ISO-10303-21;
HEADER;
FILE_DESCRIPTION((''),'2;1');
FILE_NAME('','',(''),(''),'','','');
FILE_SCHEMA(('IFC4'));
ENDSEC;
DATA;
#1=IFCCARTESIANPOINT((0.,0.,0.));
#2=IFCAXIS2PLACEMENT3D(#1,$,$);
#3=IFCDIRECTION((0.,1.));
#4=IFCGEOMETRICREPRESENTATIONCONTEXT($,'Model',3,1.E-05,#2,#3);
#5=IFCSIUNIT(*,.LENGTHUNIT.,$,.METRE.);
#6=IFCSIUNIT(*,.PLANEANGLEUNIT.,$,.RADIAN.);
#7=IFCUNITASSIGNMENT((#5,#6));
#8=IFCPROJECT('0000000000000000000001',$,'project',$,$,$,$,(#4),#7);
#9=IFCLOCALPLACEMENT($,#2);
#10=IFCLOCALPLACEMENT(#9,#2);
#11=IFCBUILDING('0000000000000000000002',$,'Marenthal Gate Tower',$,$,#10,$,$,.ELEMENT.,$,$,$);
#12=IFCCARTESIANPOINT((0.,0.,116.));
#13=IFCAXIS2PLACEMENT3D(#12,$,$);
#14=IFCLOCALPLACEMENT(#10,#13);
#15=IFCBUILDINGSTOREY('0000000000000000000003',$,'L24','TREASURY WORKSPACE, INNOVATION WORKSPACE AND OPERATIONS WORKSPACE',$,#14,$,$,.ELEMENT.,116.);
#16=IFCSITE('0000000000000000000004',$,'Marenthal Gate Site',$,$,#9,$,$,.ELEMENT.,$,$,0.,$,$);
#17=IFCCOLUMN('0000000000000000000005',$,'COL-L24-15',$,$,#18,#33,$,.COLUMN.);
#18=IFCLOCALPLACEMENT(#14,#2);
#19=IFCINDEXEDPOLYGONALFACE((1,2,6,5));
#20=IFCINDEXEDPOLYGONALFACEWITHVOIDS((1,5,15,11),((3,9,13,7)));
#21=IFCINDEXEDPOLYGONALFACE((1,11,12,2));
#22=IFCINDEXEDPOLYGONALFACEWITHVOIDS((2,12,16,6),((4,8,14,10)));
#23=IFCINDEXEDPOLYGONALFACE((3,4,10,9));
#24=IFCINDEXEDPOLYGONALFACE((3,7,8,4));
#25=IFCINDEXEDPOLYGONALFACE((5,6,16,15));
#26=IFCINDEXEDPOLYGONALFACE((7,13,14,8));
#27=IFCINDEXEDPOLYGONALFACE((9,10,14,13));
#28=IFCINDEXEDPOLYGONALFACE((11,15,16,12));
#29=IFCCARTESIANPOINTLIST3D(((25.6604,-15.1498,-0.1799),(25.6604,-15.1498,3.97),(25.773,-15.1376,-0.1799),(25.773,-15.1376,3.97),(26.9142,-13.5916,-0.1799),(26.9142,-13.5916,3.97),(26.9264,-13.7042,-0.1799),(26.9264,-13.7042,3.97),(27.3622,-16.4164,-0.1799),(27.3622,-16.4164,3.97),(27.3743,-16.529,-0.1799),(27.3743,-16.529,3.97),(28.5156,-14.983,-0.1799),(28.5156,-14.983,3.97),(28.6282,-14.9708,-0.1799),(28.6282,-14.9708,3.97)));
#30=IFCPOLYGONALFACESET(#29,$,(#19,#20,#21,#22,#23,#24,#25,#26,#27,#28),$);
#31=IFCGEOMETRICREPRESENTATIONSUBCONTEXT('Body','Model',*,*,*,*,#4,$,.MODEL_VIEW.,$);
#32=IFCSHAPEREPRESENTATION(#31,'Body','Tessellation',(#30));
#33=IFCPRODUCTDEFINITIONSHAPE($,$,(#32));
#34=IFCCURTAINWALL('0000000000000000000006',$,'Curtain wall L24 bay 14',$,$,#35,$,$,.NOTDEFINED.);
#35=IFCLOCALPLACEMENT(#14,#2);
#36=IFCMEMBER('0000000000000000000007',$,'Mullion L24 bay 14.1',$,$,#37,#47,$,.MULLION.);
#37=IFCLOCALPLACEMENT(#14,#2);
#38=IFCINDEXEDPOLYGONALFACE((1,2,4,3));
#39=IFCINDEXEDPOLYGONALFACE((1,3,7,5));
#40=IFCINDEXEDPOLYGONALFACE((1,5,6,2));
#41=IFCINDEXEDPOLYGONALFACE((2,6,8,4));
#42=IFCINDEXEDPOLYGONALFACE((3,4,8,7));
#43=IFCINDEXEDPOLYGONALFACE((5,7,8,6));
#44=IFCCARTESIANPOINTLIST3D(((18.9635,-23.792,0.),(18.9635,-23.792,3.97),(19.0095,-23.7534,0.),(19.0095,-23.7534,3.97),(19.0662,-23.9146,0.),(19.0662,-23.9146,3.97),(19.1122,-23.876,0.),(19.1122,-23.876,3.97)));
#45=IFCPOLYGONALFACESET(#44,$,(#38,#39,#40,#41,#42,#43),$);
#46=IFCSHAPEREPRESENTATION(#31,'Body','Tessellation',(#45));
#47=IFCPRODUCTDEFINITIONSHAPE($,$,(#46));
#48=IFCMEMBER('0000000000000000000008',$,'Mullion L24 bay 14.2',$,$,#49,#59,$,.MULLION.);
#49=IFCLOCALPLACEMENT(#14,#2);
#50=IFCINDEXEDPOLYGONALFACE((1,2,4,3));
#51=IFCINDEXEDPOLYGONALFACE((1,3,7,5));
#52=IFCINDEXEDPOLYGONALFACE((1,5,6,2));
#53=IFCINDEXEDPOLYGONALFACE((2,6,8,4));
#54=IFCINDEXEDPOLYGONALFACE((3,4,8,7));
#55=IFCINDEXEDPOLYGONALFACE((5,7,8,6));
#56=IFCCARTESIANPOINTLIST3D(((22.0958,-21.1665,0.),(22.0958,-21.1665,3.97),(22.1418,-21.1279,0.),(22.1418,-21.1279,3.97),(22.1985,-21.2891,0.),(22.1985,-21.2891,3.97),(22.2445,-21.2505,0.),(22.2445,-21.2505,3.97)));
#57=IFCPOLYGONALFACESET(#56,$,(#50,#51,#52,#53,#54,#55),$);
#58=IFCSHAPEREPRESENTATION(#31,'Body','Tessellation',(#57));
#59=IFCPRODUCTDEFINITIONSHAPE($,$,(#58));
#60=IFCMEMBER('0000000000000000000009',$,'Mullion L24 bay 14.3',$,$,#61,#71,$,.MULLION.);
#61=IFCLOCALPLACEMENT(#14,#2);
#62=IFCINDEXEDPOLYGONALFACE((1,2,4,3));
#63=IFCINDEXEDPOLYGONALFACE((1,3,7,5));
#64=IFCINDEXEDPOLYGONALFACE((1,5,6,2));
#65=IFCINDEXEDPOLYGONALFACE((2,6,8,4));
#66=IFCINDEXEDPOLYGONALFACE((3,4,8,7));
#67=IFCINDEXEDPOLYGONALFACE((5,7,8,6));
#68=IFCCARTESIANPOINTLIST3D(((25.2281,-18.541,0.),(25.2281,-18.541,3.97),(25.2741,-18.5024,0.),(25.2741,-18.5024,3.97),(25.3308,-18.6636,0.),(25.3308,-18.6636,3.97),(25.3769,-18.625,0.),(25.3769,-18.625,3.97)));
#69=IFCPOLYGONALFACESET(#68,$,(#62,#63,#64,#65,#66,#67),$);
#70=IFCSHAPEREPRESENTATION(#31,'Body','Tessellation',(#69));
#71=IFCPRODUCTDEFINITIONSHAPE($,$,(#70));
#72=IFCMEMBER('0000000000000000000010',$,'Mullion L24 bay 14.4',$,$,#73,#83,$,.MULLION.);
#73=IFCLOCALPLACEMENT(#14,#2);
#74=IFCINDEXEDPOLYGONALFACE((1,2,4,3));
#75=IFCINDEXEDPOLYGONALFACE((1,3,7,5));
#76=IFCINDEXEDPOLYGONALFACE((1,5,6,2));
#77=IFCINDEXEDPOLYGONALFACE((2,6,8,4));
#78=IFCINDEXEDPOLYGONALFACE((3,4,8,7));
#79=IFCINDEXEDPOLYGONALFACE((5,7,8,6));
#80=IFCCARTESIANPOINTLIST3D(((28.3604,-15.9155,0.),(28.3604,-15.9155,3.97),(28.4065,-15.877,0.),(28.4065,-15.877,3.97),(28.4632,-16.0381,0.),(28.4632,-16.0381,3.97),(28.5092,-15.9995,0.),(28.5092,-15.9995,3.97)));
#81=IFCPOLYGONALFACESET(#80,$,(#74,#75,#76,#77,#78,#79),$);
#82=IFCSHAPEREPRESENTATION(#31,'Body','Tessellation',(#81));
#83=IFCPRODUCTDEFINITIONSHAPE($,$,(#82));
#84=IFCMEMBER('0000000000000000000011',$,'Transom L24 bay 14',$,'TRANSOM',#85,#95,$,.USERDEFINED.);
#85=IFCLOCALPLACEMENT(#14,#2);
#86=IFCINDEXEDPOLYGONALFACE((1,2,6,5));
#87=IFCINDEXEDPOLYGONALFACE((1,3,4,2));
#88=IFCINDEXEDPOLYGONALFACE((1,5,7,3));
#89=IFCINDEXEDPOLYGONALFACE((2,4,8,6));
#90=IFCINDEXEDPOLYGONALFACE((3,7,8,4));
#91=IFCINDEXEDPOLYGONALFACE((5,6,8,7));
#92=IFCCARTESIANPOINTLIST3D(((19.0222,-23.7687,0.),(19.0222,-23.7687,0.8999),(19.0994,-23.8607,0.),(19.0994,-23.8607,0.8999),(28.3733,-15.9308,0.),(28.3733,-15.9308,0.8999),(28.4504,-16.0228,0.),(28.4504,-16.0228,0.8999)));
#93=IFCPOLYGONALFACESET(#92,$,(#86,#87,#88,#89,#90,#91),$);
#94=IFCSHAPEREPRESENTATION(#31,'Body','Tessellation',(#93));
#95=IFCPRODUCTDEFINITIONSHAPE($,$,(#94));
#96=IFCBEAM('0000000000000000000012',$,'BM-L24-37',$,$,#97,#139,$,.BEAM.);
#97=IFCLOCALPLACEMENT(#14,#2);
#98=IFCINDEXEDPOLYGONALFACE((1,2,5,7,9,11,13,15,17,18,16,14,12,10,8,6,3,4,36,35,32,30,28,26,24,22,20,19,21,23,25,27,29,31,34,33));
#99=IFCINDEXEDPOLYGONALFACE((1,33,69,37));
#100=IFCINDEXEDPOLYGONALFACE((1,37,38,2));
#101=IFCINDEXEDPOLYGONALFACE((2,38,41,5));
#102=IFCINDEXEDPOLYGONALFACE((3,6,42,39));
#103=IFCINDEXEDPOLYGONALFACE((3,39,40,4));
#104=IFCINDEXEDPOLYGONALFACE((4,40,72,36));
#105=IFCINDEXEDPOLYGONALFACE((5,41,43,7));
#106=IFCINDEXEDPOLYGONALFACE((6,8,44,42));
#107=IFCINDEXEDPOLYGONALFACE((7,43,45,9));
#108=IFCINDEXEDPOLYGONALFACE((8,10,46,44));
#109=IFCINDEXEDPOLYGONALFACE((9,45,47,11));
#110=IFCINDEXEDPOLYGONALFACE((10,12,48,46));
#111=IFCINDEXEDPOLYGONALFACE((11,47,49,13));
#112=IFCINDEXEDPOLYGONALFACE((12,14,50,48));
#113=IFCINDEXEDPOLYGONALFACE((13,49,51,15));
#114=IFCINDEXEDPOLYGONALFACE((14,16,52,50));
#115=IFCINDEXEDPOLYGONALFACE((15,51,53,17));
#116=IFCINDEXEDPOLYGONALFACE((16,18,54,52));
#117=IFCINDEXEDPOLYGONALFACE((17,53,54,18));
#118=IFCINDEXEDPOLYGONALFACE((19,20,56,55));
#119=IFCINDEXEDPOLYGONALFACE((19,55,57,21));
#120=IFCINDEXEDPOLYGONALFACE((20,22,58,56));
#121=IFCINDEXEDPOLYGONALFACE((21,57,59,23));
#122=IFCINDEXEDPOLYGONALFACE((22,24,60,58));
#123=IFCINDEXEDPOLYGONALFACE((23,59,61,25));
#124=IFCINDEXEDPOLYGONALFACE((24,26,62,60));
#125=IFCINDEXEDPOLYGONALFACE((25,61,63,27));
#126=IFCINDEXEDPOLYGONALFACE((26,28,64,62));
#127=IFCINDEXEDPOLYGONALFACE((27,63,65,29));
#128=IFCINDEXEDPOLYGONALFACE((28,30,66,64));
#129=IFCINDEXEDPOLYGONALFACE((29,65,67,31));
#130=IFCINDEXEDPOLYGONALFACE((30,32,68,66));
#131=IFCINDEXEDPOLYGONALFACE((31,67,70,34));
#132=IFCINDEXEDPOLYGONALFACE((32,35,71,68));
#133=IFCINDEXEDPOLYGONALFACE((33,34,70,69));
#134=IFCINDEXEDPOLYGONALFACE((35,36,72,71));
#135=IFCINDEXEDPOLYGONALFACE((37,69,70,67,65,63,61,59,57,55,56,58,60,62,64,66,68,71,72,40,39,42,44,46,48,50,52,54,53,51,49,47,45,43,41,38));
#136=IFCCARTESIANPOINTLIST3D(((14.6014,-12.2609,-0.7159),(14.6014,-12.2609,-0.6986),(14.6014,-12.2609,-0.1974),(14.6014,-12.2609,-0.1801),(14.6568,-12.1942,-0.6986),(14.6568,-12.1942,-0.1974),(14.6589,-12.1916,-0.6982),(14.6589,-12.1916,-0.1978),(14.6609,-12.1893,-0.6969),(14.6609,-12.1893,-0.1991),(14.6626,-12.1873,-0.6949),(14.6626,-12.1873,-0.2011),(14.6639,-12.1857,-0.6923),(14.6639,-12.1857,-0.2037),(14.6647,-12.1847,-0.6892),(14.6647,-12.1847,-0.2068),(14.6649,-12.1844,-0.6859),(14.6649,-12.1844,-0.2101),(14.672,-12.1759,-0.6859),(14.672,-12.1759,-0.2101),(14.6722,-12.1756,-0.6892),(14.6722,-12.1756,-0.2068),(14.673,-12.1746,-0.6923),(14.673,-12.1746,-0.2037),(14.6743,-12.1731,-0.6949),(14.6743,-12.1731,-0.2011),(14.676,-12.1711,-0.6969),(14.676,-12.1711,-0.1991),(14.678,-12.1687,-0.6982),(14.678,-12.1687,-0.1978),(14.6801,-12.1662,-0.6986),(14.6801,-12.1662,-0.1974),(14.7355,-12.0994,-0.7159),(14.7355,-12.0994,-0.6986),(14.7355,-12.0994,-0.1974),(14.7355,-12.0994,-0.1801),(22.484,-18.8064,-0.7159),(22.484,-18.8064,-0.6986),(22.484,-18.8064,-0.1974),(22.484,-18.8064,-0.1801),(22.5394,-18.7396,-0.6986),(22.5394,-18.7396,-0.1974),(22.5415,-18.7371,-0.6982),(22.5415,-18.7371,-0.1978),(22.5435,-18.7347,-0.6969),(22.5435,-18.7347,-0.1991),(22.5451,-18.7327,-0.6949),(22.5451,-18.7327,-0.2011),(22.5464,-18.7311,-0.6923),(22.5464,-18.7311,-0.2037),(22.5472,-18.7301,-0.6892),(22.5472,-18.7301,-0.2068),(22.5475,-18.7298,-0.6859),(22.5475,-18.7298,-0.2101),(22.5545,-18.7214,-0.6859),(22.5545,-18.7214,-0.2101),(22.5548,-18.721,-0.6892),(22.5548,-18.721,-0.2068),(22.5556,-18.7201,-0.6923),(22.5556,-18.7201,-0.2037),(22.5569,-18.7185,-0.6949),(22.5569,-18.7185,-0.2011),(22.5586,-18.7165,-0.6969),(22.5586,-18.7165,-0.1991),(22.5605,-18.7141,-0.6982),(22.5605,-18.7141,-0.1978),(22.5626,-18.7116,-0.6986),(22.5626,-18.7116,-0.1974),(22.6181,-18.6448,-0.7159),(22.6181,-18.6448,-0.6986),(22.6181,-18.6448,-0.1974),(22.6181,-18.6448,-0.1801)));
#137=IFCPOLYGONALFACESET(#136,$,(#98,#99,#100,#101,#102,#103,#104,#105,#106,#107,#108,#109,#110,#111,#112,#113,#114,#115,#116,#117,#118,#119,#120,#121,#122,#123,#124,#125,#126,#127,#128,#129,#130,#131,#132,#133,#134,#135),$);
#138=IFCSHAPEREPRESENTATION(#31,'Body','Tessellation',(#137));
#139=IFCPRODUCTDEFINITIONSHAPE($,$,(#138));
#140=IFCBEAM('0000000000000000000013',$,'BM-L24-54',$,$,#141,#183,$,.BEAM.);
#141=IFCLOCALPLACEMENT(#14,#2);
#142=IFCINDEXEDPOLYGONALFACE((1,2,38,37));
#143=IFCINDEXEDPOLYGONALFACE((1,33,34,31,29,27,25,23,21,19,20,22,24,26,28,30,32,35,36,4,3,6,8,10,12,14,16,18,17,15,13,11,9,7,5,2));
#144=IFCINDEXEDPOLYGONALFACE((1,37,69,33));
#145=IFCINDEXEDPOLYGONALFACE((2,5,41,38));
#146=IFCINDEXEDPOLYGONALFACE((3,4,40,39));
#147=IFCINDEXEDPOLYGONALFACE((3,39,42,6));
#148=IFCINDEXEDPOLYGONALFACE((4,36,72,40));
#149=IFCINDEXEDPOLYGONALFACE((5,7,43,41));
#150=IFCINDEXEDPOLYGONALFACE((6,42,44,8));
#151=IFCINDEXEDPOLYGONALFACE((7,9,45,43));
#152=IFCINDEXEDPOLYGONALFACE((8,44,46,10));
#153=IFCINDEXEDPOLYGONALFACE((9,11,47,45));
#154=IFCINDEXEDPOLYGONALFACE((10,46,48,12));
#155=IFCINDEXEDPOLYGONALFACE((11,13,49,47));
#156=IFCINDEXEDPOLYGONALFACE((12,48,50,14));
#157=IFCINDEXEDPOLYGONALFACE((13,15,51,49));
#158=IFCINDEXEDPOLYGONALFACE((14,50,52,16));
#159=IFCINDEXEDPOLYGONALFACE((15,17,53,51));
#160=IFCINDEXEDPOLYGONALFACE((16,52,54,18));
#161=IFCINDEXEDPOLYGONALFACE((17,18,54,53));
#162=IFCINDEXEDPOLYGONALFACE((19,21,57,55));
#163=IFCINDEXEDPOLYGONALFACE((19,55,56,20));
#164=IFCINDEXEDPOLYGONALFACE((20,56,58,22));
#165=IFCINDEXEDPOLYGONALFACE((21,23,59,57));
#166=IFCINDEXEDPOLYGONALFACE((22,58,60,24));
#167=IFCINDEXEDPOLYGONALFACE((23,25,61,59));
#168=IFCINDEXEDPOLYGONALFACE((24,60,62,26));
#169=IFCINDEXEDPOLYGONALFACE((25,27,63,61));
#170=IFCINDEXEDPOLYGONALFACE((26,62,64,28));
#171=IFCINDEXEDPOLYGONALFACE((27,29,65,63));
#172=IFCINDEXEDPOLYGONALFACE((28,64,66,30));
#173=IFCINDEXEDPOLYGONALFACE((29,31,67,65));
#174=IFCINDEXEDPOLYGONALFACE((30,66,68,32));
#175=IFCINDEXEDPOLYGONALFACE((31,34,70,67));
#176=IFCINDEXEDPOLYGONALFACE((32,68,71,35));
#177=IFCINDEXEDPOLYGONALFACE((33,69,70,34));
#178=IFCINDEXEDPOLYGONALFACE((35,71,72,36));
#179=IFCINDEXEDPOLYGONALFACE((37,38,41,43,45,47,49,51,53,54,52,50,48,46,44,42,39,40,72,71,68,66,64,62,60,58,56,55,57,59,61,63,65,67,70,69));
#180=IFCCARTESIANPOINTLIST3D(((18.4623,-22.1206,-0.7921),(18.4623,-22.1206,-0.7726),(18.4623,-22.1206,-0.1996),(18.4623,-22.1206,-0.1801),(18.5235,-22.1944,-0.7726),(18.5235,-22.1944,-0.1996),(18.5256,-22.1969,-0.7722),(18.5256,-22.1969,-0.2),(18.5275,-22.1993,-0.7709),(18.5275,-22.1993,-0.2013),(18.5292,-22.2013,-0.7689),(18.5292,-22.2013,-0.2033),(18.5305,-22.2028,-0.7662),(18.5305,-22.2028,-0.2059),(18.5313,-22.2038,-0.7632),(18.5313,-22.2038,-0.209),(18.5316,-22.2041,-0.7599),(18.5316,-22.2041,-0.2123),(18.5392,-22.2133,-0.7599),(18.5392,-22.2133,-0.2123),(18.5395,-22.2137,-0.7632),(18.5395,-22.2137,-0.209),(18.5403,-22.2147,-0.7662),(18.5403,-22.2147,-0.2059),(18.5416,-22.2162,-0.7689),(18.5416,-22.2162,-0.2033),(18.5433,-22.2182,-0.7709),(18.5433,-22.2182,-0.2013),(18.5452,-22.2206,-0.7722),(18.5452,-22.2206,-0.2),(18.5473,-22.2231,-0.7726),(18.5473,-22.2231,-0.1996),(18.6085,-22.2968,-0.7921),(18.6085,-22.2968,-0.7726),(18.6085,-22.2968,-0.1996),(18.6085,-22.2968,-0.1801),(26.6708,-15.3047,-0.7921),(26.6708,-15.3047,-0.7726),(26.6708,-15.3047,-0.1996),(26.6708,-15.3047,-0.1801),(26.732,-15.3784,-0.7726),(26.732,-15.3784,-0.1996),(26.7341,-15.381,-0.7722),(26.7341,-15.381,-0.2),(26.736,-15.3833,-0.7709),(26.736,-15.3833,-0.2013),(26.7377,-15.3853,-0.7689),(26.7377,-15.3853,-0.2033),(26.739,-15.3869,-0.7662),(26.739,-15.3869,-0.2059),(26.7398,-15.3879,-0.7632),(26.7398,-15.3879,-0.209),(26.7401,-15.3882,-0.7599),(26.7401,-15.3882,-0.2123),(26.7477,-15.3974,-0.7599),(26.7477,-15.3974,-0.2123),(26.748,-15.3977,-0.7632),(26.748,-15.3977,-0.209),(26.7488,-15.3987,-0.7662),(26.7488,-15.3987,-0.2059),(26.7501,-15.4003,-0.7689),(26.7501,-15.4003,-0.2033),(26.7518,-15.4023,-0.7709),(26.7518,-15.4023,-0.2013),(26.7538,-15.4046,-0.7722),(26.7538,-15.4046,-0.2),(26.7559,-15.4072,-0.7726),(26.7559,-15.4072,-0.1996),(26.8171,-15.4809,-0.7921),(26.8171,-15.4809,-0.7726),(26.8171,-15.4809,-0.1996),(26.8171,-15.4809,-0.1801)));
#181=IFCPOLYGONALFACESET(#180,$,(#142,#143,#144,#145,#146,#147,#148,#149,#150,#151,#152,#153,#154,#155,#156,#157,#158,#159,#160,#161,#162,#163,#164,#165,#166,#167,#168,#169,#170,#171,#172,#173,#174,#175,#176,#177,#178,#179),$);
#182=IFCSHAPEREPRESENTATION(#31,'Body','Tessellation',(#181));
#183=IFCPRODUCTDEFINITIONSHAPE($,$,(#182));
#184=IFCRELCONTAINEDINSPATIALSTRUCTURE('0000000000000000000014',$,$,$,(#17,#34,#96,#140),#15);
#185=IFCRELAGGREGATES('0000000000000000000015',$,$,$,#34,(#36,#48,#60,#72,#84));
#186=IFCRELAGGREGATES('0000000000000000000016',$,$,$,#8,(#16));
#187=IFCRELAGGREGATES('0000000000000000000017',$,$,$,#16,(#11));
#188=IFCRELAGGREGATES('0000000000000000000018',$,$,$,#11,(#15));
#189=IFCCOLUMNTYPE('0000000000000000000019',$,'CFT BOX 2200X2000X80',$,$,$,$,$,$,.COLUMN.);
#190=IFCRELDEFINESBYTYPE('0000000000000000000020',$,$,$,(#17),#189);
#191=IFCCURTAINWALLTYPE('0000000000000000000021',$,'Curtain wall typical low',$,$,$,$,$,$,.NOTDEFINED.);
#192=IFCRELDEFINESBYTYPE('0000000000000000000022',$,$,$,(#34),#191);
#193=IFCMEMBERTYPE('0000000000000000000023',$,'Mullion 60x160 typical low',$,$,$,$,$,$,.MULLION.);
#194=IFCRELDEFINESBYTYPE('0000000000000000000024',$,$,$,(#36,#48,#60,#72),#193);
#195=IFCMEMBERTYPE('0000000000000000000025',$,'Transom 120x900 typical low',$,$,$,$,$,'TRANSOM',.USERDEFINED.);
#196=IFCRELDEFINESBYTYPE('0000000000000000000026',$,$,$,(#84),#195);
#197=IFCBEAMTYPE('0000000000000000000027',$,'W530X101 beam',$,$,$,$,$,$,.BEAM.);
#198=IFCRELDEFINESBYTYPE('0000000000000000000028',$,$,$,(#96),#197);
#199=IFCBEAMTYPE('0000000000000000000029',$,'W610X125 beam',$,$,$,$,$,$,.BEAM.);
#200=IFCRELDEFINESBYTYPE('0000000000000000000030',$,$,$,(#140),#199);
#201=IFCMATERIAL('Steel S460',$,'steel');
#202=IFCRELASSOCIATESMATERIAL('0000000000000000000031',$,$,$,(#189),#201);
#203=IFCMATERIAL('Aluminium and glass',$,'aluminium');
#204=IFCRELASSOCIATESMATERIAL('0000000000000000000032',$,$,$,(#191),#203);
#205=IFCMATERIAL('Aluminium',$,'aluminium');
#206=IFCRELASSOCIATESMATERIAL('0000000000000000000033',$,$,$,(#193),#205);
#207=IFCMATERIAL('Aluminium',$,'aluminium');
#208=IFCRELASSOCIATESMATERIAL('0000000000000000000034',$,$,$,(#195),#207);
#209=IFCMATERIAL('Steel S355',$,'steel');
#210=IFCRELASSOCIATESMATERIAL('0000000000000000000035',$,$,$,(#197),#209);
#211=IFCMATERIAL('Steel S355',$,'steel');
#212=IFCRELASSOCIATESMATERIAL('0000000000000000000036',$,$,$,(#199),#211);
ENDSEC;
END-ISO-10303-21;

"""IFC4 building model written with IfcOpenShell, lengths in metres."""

from ifc_helpers import new_model, si_unit, direction, frame, origin, origin_2d, place, context, subcontext, project, spatial, rectangle, hollow_rectangle, i_section, extrude, material, material_profile, profile_set, type_object, element, aggregate, save


model = new_model("IFC4")

# Units and contexts
model_context = context("Model", 3, precision=1e-05, world=origin(), true_north=direction((0.0, 1.0)))
body_context = subcontext(model_context, "Body", "Model", "MODEL_VIEW")
ifc_project = project(units=[si_unit("LENGTHUNIT", "METRE"), si_unit("PLANEANGLEUNIT", "RADIAN")], contexts=[model_context])

# Site, building, storey
site_placement = place(None, origin())
site = spatial("IfcSite", under=ifc_project, at=site_placement, Name="Marenthal Gate Site", CompositionType="ELEMENT", RefElevation=0.0)
building_placement = place(site_placement, origin())
building = spatial("IfcBuilding", under=site, at=building_placement, Name="Marenthal Gate Tower", CompositionType="ELEMENT")
storey_placement = place(building_placement, frame((0.0, 0.0, 116.0)))
storey = spatial("IfcBuildingStorey", under=building, at=storey_placement, Name="L24", Description="TREASURY WORKSPACE, INNOVATION WORKSPACE AND OPERATIONS WORKSPACE", CompositionType="ELEMENT", Elevation=116.0)

# Column
ifc_material_1 = material(Name="Steel S460", Category="steel")
ifc_material_profile_1 = material_profile(ifc_material_1, hollow_rectangle(XDim=2.0, YDim=2.2, WallThickness=0.0801, at=origin_2d()), Name="CFT BOX 2200X2000X80")
ifc_material_2 = material(Name="Concrete 70 MPa", Category="concrete")
ifc_material_profile_2 = material_profile(ifc_material_2, rectangle(XDim=1.8401, YDim=2.04, at=origin_2d()), Name="CFT BOX 2200X2000X80 INFILL")
ifc_profile_set_1 = profile_set([ifc_material_profile_1, ifc_material_profile_2], Name="Steel S460 shell, Concrete 70 MPa infill")
column_type = type_object("IfcColumnType", Name="CFT BOX 2200X2000X80", PredefinedType="COLUMN", material=ifc_profile_set_1)
column_placement = place(storey_placement, frame((27.1443, -15.0603, -0.1799), z_axis=(0.0, 0.0, 1.0), x_axis=(-0.626918, -0.779085, 0.0)))
element("IfcColumn", 1, at=column_placement, inside=storey, type_object=column_type, Name="COL-L24-15", PredefinedType="COLUMN", context=body_context, shape_type="SweptSolid", body=[
    extrude(hollow_rectangle(XDim=2.0, YDim=2.2, WallThickness=0.0801, at=origin_2d()), origin(), (0.0, 0.0, 1.0), 4.1499),
])

# Curtain wall, members
ifc_material_3 = material(Name="Aluminium and glass", Category="aluminium")
curtain_wall_type = type_object("IfcCurtainWallType", Name="Curtain wall typical low", PredefinedType="NOTDEFINED", material=ifc_material_3)
curtain_wall_placement = place(storey_placement, origin())
curtain_wall = element("IfcCurtainWall", 2, at=curtain_wall_placement, inside=storey, type_object=curtain_wall_type, Name="Curtain wall L24 bay 14", PredefinedType="NOTDEFINED")
ifc_material_4 = material(Name="Aluminium", Category="aluminium")
ifc_material_profile_3 = material_profile(ifc_material_4, rectangle(XDim=0.1599, YDim=0.0601, at=origin_2d()), Name="60x160 aluminium mullion")
ifc_profile_set_2 = profile_set([ifc_material_profile_3], Name="Aluminium")
member_type_1 = type_object("IfcMemberType", Name="Mullion 60x160 typical low", PredefinedType="MULLION", material=ifc_profile_set_2)
member_1_placement = place(storey_placement, frame((19.0378, -23.834, 0.0), z_axis=(0.0, 0.0, 1.0), x_axis=(-0.642377, 0.766389, 0.0)))
member_1 = element("IfcMember", 3, at=member_1_placement, type_object=member_type_1, Name="Mullion L24 bay 14.1", PredefinedType="MULLION", context=body_context, shape_type="SweptSolid", body=[
    extrude(rectangle(XDim=0.1599, YDim=0.0601, at=origin_2d()), origin(), (0.0, 0.0, 1.0), 3.97),
])
member_2_placement = place(storey_placement, frame((22.1702, -21.2085, 0.0), z_axis=(0.0, 0.0, 1.0), x_axis=(-0.642377, 0.766389, 0.0)))
member_2 = element("IfcMember", 4, at=member_2_placement, type_object=member_type_1, Name="Mullion L24 bay 14.2", PredefinedType="MULLION", context=body_context, shape_type="SweptSolid", body=[
    extrude(rectangle(XDim=0.1599, YDim=0.0601, at=origin_2d()), origin(), (0.0, 0.0, 1.0), 3.97),
])
member_3_placement = place(storey_placement, frame((25.3025, -18.583, 0.0), z_axis=(0.0, 0.0, 1.0), x_axis=(-0.642377, 0.766389, 0.0)))
member_3 = element("IfcMember", 5, at=member_3_placement, type_object=member_type_1, Name="Mullion L24 bay 14.3", PredefinedType="MULLION", context=body_context, shape_type="SweptSolid", body=[
    extrude(rectangle(XDim=0.1599, YDim=0.0601, at=origin_2d()), origin(), (0.0, 0.0, 1.0), 3.97),
])
member_4_placement = place(storey_placement, frame((28.4348, -15.9575, 0.0), z_axis=(0.0, 0.0, 1.0), x_axis=(-0.642377, 0.766389, 0.0)))
member_4 = element("IfcMember", 6, at=member_4_placement, type_object=member_type_1, Name="Mullion L24 bay 14.4", PredefinedType="MULLION", context=body_context, shape_type="SweptSolid", body=[
    extrude(rectangle(XDim=0.1599, YDim=0.0601, at=origin_2d()), origin(), (0.0, 0.0, 1.0), 3.97),
])
ifc_material_5 = material(Name="Aluminium", Category="aluminium")
ifc_material_profile_4 = material_profile(ifc_material_5, rectangle(XDim=0.1201, YDim=0.8999, at=origin_2d()), Name="120x900 aluminium transom")
ifc_profile_set_3 = profile_set([ifc_material_profile_4], Name="Aluminium")
member_type_2 = type_object("IfcMemberType", Name="Transom 120x900 typical low", ElementType="TRANSOM", PredefinedType="USERDEFINED", material=ifc_profile_set_3)
member_5_placement = place(storey_placement, frame((19.0608, -23.8147, 0.45), z_axis=(0.766391, 0.642374, 0.0), x_axis=(-0.642374, 0.766391, 0.0)))
member_5 = element("IfcMember", 7, at=member_5_placement, type_object=member_type_2, Name="Transom L24 bay 14", ObjectType="TRANSOM", PredefinedType="USERDEFINED", context=body_context, shape_type="SweptSolid", body=[
    extrude(rectangle(XDim=0.1201, YDim=0.8999, at=origin_2d()), origin(), (0.0, 0.0, 1.0), 12.2014),
])

# Beams
ifc_material_6 = material(Name="Steel S355", Category="steel")
ifc_material_profile_5 = material_profile(ifc_material_6, i_section(OverallWidth=0.21, OverallDepth=0.5359, WebThickness=0.011, FlangeThickness=0.0173, FilletRadius=0.0127, at=origin_2d()), Name="W530X101")
ifc_profile_set_4 = profile_set([ifc_material_profile_5], Name="Steel S355")
beam_type_1 = type_object("IfcBeamType", Name="W530X101 beam", PredefinedType="BEAM", material=ifc_profile_set_4)
beam_1_placement = place(storey_placement, frame((22.551, -18.7256, -0.448), z_axis=(-0.769343, 0.638836, 0.0), x_axis=(-0.638836, -0.769343, 0.0)))
element("IfcBeam", 8, at=beam_1_placement, inside=storey, type_object=beam_type_1, Name="BM-L24-37", PredefinedType="BEAM", context=body_context, shape_type="SweptSolid", body=[
    extrude(i_section(OverallWidth=0.21, OverallDepth=0.5359, WebThickness=0.011, FlangeThickness=0.0173, FilletRadius=0.0127, at=origin_2d()), origin(), (0.0, 0.0, 1.0), 10.2458),
])
ifc_material_7 = material(Name="Steel S355", Category="steel")
ifc_material_profile_6 = material_profile(ifc_material_7, i_section(OverallWidth=0.229, OverallDepth=0.6121, WebThickness=0.012, FlangeThickness=0.0195, FilletRadius=0.0127, at=origin_2d()), Name="W610X125")
ifc_profile_set_5 = profile_set([ifc_material_profile_6], Name="Steel S355")
beam_type_2 = type_object("IfcBeamType", Name="W610X125 beam", PredefinedType="BEAM", material=ifc_profile_set_5)
beam_2_placement = place(storey_placement, frame((18.5354, -22.2087, -0.4861), z_axis=(0.769349, 0.638828, 0.0), x_axis=(-0.638828, 0.769349, 0.0)))
element("IfcBeam", 9, at=beam_2_placement, inside=storey, type_object=beam_type_2, Name="BM-L24-54", PredefinedType="BEAM", context=body_context, shape_type="SweptSolid", body=[
    extrude(i_section(OverallWidth=0.229, OverallDepth=0.6121, WebThickness=0.012, FlangeThickness=0.0195, FilletRadius=0.0127, at=origin_2d()), origin(), (0.0, 0.0, 1.0), 10.6694),
])

aggregate(curtain_wall, [member_1, member_2, member_3, member_4, member_5])

save(model, "model.ifc")
